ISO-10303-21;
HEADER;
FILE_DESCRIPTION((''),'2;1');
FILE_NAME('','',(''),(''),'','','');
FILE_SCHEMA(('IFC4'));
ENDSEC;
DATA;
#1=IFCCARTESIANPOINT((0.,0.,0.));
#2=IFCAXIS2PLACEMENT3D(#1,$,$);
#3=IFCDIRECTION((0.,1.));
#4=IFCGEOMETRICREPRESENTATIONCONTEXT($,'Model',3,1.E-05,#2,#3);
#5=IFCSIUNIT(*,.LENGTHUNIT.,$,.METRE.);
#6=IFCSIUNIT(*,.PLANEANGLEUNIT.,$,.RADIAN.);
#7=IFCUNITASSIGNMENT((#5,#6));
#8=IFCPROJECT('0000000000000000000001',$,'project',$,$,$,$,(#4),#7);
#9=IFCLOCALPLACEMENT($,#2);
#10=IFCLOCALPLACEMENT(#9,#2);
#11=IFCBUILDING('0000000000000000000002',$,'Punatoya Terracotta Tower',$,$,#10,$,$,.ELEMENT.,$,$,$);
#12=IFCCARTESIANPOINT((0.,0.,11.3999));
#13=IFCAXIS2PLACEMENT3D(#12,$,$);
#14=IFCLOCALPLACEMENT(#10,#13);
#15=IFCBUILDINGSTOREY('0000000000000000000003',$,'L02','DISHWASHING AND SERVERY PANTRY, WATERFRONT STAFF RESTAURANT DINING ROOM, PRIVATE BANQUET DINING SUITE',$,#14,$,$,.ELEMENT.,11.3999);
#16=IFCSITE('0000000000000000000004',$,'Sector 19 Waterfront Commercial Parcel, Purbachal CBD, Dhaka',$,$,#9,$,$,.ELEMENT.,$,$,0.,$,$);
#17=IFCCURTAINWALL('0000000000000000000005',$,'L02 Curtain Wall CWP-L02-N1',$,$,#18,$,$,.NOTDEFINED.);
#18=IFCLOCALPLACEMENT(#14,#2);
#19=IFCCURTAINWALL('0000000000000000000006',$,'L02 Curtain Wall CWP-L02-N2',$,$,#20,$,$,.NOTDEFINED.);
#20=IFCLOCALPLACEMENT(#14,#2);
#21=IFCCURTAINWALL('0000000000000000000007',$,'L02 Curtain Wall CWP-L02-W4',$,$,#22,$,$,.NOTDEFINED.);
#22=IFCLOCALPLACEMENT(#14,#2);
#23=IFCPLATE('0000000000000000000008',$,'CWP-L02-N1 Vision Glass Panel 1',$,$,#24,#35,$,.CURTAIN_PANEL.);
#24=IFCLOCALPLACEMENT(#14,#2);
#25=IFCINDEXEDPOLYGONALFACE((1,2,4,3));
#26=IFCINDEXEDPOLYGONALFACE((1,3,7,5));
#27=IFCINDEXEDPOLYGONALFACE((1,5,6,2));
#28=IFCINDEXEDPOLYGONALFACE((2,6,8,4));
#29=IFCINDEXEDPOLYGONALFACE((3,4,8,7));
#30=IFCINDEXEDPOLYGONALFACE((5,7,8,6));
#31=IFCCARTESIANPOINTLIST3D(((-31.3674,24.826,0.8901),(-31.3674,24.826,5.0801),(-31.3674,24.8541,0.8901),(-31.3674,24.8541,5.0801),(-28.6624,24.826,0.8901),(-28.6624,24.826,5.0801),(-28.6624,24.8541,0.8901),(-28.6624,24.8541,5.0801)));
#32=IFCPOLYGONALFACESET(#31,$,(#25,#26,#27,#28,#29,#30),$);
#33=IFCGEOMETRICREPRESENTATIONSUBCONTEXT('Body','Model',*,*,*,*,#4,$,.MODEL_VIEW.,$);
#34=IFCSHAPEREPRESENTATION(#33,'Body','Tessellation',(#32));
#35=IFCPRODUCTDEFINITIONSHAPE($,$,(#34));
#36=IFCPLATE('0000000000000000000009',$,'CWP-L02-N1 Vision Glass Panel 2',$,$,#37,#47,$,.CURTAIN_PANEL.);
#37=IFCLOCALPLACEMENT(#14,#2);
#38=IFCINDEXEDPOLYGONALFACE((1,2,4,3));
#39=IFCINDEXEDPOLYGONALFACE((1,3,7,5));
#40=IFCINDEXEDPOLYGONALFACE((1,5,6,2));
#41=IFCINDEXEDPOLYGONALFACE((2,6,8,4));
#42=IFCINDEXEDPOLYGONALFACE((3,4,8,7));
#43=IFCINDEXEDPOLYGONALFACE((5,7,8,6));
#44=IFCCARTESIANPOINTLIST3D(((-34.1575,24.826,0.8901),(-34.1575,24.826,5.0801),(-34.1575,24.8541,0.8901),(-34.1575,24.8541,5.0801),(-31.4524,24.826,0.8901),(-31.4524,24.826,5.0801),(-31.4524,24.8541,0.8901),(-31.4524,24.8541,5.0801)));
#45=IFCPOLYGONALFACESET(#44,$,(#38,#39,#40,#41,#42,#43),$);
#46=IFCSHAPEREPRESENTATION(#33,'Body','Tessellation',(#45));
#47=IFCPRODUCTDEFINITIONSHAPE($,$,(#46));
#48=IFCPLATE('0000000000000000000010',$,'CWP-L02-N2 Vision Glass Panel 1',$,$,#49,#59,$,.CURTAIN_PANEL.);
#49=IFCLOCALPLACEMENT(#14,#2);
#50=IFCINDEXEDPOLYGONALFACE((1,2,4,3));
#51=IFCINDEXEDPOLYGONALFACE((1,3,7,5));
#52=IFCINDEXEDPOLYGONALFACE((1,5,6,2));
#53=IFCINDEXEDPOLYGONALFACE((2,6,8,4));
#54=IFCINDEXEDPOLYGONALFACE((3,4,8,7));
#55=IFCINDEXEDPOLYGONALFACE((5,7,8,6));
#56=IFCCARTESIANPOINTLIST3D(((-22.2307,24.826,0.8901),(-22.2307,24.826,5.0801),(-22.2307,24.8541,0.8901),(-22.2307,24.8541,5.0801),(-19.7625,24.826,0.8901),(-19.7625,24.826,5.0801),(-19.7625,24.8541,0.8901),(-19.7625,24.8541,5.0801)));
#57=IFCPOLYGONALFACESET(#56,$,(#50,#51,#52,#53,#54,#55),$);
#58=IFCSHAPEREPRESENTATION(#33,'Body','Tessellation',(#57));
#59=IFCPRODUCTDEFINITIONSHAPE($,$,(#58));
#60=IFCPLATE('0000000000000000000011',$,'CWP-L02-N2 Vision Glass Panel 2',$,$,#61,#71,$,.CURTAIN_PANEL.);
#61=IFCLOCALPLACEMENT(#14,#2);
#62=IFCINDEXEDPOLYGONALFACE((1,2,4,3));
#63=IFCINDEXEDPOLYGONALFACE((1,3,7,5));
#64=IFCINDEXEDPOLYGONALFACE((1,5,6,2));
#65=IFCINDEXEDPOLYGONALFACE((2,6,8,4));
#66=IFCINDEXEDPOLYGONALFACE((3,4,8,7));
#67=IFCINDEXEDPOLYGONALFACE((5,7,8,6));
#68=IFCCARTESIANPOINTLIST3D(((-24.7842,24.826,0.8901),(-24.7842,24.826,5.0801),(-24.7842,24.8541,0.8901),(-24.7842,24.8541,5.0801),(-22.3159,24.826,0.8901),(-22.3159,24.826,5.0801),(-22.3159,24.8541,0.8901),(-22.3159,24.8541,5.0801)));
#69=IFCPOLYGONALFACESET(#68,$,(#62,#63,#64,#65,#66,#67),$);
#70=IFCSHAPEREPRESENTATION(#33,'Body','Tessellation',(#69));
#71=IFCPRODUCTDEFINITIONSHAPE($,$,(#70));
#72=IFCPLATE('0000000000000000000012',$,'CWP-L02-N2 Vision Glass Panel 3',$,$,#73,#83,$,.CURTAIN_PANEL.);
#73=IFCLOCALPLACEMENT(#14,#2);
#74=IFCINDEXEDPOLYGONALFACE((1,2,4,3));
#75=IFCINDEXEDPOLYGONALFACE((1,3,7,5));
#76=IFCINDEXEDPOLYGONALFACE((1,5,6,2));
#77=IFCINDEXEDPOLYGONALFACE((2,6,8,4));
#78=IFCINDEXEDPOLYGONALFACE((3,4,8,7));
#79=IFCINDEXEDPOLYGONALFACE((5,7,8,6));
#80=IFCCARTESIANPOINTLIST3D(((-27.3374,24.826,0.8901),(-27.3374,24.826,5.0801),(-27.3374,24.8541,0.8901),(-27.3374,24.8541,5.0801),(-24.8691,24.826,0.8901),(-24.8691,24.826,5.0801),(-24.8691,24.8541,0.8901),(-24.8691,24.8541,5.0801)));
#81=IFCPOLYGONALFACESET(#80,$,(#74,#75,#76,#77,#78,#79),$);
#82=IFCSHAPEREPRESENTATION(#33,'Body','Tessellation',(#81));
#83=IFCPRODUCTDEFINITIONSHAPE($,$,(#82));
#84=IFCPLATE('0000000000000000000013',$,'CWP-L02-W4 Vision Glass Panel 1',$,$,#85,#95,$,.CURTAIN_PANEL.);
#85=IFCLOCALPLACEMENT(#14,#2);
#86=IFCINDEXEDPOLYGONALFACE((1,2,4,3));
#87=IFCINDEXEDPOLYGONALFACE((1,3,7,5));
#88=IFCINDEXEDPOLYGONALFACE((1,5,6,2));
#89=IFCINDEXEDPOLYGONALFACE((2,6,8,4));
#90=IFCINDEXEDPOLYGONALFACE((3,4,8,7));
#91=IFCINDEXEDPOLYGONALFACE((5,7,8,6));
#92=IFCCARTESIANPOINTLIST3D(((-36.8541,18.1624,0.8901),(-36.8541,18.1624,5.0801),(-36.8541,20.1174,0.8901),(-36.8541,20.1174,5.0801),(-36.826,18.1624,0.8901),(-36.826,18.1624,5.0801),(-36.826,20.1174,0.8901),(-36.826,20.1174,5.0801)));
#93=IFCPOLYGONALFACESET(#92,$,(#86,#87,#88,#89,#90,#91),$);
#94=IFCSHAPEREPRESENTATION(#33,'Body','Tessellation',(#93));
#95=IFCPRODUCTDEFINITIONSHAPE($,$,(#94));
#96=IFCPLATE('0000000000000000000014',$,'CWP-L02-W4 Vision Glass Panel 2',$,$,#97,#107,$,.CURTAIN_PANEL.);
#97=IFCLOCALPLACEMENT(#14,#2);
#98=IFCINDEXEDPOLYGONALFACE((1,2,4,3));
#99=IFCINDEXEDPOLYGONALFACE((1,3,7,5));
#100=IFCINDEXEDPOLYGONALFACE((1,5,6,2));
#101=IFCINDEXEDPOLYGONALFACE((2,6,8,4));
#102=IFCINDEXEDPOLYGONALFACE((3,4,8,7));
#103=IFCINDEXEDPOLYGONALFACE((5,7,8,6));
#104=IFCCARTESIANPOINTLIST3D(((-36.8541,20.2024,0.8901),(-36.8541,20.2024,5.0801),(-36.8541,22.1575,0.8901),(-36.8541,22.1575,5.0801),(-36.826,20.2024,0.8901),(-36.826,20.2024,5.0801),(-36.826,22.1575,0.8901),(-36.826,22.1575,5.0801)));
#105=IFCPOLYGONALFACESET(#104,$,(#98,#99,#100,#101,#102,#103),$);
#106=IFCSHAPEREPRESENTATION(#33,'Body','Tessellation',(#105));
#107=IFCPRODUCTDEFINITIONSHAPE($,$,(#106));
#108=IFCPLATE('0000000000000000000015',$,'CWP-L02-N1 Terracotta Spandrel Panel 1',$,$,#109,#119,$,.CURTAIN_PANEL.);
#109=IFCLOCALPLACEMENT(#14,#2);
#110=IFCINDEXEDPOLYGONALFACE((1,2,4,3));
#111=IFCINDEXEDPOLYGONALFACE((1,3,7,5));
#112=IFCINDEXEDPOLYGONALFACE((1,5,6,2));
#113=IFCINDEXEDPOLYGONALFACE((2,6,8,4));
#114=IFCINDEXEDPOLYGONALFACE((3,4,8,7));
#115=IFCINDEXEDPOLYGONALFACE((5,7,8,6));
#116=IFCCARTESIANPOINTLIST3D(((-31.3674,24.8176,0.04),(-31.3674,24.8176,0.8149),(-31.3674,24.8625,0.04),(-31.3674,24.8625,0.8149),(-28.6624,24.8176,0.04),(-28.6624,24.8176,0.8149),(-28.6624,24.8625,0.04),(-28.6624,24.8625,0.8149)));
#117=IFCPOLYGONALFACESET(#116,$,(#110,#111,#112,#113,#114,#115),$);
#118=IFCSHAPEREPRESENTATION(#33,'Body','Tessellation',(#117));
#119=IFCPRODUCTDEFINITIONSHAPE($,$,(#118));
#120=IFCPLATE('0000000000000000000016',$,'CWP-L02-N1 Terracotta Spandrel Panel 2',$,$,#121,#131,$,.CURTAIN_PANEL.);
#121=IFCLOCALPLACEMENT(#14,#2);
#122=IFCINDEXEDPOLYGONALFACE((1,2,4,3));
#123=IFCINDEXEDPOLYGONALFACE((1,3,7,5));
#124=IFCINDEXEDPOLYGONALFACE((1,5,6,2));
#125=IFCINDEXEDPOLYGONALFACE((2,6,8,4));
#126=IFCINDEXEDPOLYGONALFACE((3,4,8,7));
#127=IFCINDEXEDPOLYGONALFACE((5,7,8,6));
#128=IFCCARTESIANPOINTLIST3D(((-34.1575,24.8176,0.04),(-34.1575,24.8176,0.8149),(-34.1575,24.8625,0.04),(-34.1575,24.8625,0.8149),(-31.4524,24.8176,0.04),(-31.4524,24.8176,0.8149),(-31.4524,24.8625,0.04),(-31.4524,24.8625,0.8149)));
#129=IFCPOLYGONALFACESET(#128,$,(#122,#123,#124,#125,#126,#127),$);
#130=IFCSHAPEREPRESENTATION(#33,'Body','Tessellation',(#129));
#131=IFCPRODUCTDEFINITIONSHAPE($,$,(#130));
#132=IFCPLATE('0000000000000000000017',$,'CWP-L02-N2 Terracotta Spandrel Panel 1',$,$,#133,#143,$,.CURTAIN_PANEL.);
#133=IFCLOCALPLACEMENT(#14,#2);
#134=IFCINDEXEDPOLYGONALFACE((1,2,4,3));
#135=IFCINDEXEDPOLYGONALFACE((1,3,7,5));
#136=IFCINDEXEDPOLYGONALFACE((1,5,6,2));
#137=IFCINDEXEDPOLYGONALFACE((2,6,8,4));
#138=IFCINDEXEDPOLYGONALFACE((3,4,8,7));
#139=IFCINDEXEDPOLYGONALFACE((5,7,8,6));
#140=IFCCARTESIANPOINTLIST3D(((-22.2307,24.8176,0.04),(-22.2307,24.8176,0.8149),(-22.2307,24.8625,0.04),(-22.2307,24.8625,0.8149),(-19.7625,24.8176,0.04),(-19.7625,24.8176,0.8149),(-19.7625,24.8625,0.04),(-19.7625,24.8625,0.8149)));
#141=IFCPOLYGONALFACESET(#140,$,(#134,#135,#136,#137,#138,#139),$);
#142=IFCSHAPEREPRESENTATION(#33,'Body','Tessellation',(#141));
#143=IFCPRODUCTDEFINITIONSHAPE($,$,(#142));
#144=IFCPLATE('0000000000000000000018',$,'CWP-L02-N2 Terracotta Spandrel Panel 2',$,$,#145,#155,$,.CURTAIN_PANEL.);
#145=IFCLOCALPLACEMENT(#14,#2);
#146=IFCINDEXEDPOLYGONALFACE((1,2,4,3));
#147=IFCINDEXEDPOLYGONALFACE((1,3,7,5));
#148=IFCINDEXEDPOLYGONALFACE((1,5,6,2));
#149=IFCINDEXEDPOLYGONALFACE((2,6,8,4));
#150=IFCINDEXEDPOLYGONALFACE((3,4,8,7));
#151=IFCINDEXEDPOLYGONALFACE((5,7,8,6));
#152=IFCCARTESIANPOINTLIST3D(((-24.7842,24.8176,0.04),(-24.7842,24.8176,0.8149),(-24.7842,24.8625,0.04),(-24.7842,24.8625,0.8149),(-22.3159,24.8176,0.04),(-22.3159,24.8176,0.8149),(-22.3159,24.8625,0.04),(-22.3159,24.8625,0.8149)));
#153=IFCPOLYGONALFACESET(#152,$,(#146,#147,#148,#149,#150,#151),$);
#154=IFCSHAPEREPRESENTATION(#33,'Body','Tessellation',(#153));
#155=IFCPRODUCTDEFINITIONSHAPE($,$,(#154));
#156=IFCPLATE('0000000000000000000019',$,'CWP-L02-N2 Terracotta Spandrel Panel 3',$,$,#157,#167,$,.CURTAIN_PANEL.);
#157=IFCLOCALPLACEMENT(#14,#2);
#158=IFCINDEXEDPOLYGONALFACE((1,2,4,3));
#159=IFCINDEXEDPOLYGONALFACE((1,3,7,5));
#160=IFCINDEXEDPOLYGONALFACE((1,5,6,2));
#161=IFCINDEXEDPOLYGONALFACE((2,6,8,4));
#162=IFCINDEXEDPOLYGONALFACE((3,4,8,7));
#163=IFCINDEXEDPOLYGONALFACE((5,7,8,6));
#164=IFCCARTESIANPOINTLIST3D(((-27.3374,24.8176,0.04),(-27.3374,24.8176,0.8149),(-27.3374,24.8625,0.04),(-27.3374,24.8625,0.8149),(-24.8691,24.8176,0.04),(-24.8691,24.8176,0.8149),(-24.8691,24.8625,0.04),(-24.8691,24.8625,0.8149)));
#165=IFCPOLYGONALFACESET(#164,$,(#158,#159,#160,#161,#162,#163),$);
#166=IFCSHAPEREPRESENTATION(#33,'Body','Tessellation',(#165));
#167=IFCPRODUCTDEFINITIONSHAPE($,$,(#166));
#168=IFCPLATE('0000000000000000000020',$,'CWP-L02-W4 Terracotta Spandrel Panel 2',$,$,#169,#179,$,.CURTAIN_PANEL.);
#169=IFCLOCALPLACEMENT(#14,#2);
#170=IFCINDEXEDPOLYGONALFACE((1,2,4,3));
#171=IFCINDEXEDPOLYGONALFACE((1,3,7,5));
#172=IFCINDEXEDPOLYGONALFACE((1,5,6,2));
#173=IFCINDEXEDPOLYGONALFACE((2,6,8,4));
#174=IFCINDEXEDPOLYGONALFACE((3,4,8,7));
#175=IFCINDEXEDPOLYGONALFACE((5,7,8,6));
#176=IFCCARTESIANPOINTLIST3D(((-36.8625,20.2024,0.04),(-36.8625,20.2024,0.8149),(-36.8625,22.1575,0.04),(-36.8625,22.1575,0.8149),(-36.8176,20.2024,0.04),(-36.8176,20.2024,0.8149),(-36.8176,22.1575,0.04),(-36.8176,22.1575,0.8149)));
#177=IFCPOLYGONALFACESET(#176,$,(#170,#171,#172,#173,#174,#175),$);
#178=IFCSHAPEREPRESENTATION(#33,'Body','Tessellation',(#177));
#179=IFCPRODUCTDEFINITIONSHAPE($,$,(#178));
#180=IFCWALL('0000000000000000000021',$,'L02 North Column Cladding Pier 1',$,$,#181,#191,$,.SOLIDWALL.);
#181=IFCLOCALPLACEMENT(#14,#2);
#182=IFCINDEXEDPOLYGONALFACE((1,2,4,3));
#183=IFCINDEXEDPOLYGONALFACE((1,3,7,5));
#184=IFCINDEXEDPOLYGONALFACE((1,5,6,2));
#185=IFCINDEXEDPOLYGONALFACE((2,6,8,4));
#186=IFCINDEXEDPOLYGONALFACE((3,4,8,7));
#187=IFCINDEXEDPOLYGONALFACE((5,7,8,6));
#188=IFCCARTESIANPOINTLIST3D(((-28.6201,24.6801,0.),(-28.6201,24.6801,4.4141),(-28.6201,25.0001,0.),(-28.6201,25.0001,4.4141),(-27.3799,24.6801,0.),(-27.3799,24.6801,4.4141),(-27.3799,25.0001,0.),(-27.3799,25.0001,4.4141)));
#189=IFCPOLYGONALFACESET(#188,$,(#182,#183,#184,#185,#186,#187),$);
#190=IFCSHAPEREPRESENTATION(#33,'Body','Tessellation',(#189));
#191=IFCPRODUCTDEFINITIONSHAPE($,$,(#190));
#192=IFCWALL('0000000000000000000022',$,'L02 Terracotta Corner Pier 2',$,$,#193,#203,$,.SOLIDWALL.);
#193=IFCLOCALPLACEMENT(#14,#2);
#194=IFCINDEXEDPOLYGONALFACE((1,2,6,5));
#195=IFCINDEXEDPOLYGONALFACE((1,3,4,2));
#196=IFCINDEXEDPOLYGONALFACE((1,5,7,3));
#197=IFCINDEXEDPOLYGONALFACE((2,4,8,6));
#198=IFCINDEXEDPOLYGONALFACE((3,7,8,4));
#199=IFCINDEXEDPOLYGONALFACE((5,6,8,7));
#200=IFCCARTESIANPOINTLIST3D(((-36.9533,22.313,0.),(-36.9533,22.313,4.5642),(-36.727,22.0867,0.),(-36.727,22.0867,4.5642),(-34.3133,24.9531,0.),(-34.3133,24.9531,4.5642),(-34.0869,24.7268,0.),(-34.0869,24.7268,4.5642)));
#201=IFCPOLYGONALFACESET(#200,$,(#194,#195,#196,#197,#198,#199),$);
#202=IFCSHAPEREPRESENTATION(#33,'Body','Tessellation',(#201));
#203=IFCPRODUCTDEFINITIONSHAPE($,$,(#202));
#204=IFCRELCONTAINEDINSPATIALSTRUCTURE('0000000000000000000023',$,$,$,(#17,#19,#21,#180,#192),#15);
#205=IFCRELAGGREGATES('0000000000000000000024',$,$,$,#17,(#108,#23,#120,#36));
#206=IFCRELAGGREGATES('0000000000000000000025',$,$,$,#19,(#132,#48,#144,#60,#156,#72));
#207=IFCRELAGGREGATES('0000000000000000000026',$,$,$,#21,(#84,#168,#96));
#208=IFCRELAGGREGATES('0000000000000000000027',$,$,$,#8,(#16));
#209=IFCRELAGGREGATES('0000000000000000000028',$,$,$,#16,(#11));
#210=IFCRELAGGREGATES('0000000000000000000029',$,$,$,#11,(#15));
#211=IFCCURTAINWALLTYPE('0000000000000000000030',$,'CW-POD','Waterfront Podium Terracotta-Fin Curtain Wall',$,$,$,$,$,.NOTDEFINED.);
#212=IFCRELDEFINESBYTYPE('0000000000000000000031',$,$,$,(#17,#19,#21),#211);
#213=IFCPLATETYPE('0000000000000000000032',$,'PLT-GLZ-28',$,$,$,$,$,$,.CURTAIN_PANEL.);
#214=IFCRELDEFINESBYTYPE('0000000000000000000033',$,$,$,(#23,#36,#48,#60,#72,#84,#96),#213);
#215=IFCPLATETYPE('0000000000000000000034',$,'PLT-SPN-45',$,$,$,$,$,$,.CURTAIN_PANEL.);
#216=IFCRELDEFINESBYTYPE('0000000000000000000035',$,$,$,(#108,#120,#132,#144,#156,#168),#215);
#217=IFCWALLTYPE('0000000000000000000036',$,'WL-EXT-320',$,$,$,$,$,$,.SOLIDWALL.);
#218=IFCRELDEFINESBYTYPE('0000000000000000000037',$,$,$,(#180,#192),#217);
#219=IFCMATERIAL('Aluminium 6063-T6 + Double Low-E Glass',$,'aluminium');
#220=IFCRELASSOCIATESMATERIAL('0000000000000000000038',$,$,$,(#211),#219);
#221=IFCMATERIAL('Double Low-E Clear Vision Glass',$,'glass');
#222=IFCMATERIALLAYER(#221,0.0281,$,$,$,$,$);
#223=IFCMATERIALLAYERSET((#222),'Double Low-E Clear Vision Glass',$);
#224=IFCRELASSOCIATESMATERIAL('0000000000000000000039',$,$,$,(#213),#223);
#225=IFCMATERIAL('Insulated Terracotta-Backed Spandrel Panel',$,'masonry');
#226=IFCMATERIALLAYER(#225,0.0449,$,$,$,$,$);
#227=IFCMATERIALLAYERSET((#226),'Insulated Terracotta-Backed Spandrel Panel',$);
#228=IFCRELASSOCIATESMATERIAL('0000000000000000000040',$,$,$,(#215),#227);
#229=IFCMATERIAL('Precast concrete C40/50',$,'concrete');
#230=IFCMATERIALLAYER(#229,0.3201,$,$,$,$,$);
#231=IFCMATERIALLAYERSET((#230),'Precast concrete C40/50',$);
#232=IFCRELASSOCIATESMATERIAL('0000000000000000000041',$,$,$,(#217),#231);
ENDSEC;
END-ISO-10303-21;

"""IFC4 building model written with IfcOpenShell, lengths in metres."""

from ifc_helpers import new_model, si_unit, direction, frame, frame_2d, origin, origin_2d, place, context, subcontext, project, spatial, rectangle, extrude, material, layer, layer_set, type_object, element, aggregate, save


model = new_model("IFC4")

# Units and contexts
model_context = context("Model", 3, precision=1e-05, world=origin(), true_north=direction((0.0, 1.0)))
body_context = subcontext(model_context, "Body", "Model", "MODEL_VIEW")
ifc_project = project(units=[si_unit("LENGTHUNIT", "METRE"), si_unit("PLANEANGLEUNIT", "RADIAN")], contexts=[model_context])

# Site, building, storey
site_placement = place(None, origin())
site = spatial("IfcSite", under=ifc_project, at=site_placement, Name="Sector 19 Waterfront Commercial Parcel, Purbachal CBD, Dhaka", CompositionType="ELEMENT", RefElevation=0.0)
building_placement = place(site_placement, origin())
building = spatial("IfcBuilding", under=site, at=building_placement, Name="Punatoya Terracotta Tower", CompositionType="ELEMENT")
storey_placement = place(building_placement, frame((0.0, 0.0, 11.3999)))
storey = spatial("IfcBuildingStorey", under=building, at=storey_placement, Name="L02", Description="DISHWASHING AND SERVERY PANTRY, WATERFRONT STAFF RESTAURANT DINING ROOM, PRIVATE BANQUET DINING SUITE", CompositionType="ELEMENT", Elevation=11.3999)

# Curtain walls
ifc_material_1 = material(Name="Aluminium 6063-T6 + Double Low-E Glass", Category="aluminium")
curtain_wall_type = type_object("IfcCurtainWallType", Name="CW-POD", Description="Waterfront Podium Terracotta-Fin Curtain Wall", PredefinedType="NOTDEFINED", material=ifc_material_1)
curtain_wall_1_placement = place(storey_placement, origin())
curtain_wall_1 = element("IfcCurtainWall", 1, at=curtain_wall_1_placement, inside=storey, type_object=curtain_wall_type, Name="L02 Curtain Wall CWP-L02-N1", PredefinedType="NOTDEFINED")
curtain_wall_2_placement = place(storey_placement, origin())
curtain_wall_2 = element("IfcCurtainWall", 2, at=curtain_wall_2_placement, inside=storey, type_object=curtain_wall_type, Name="L02 Curtain Wall CWP-L02-N2", PredefinedType="NOTDEFINED")
curtain_wall_3_placement = place(storey_placement, origin())
curtain_wall_3 = element("IfcCurtainWall", 3, at=curtain_wall_3_placement, inside=storey, type_object=curtain_wall_type, Name="L02 Curtain Wall CWP-L02-W4", PredefinedType="NOTDEFINED")

# Plates
ifc_material_2 = material(Name="Double Low-E Clear Vision Glass", Category="glass")
ifc_layer_1 = layer(ifc_material_2, 0.0281)
ifc_layer_set_1 = layer_set([ifc_layer_1], Name="Double Low-E Clear Vision Glass")
plate_type_1 = type_object("IfcPlateType", Name="PLT-GLZ-28", PredefinedType="CURTAIN_PANEL", material=ifc_layer_set_1)
plate_1_placement = place(storey_placement, frame((-30.0149, 24.8401, 0.8901), z_axis=(0.0, 0.0, 1.0), x_axis=(-1.0, 0.0, 0.0)))
plate_1 = element("IfcPlate", 4, at=plate_1_placement, type_object=plate_type_1, Name="CWP-L02-N1 Vision Glass Panel 1", PredefinedType="CURTAIN_PANEL", context=body_context, shape_type="SweptSolid", body=[
    extrude(rectangle(XDim=2.7051, YDim=0.0281, at=origin_2d()), origin(), (0.0, 0.0, 1.0), 4.1899),
])
plate_2_placement = place(storey_placement, frame((-32.8049, 24.8401, 0.8901), z_axis=(0.0, 0.0, 1.0), x_axis=(-1.0, 0.0, 0.0)))
plate_2 = element("IfcPlate", 5, at=plate_2_placement, type_object=plate_type_1, Name="CWP-L02-N1 Vision Glass Panel 2", PredefinedType="CURTAIN_PANEL", context=body_context, shape_type="SweptSolid", body=[
    extrude(rectangle(XDim=2.7051, YDim=0.0281, at=origin_2d()), origin(), (0.0, 0.0, 1.0), 4.1899),
])
plate_3_placement = place(storey_placement, frame((-20.9966, 24.8401, 0.8901), z_axis=(0.0, 0.0, 1.0), x_axis=(-1.0, 0.0, 0.0)))
plate_3 = element("IfcPlate", 6, at=plate_3_placement, type_object=plate_type_1, Name="CWP-L02-N2 Vision Glass Panel 1", PredefinedType="CURTAIN_PANEL", context=body_context, shape_type="SweptSolid", body=[
    extrude(rectangle(XDim=2.4683, YDim=0.0281, at=origin_2d()), origin(), (0.0, 0.0, 1.0), 4.1899),
])
plate_4_placement = place(storey_placement, frame((-23.55, 24.8401, 0.8901), z_axis=(0.0, 0.0, 1.0), x_axis=(-1.0, 0.0, 0.0)))
plate_4 = element("IfcPlate", 7, at=plate_4_placement, type_object=plate_type_1, Name="CWP-L02-N2 Vision Glass Panel 2", PredefinedType="CURTAIN_PANEL", context=body_context, shape_type="SweptSolid", body=[
    extrude(rectangle(XDim=2.4683, YDim=0.0281, at=origin_2d()), origin(), (0.0, 0.0, 1.0), 4.1899),
])
plate_5_placement = place(storey_placement, frame((-26.1033, 24.8401, 0.8901), z_axis=(0.0, 0.0, 1.0), x_axis=(-1.0, 0.0, 0.0)))
plate_5 = element("IfcPlate", 8, at=plate_5_placement, type_object=plate_type_1, Name="CWP-L02-N2 Vision Glass Panel 3", PredefinedType="CURTAIN_PANEL", context=body_context, shape_type="SweptSolid", body=[
    extrude(rectangle(XDim=2.4683, YDim=0.0281, at=origin_2d()), origin(), (0.0, 0.0, 1.0), 4.1899),
])
plate_6_placement = place(storey_placement, frame((-36.8401, 19.1399, 0.8901), z_axis=(0.0, 0.0, 1.0), x_axis=(0.0, 1.0, 0.0)))
plate_6 = element("IfcPlate", 9, at=plate_6_placement, type_object=plate_type_1, Name="CWP-L02-W4 Vision Glass Panel 1", PredefinedType="CURTAIN_PANEL", context=body_context, shape_type="SweptSolid", body=[
    extrude(rectangle(XDim=1.9551, YDim=0.0281, at=origin_2d()), origin(), (0.0, 0.0, 1.0), 4.1899),
])
plate_7_placement = place(storey_placement, frame((-36.8401, 21.1799, 0.8901), z_axis=(0.0, 0.0, 1.0), x_axis=(0.0, 1.0, 0.0)))
plate_7 = element("IfcPlate", 10, at=plate_7_placement, type_object=plate_type_1, Name="CWP-L02-W4 Vision Glass Panel 2", PredefinedType="CURTAIN_PANEL", context=body_context, shape_type="SweptSolid", body=[
    extrude(rectangle(XDim=1.9551, YDim=0.0281, at=origin_2d()), origin(), (0.0, 0.0, 1.0), 4.1899),
])
ifc_material_3 = material(Name="Insulated Terracotta-Backed Spandrel Panel", Category="masonry")
ifc_layer_2 = layer(ifc_material_3, 0.0449)
ifc_layer_set_2 = layer_set([ifc_layer_2], Name="Insulated Terracotta-Backed Spandrel Panel")
plate_type_2 = type_object("IfcPlateType", Name="PLT-SPN-45", PredefinedType="CURTAIN_PANEL", material=ifc_layer_set_2)
plate_8_placement = place(storey_placement, frame((-30.0149, 24.8401, 0.04), z_axis=(0.0, 0.0, 1.0), x_axis=(-1.0, 0.0, 0.0)))
plate_8 = element("IfcPlate", 11, at=plate_8_placement, type_object=plate_type_2, Name="CWP-L02-N1 Terracotta Spandrel Panel 1", PredefinedType="CURTAIN_PANEL", context=body_context, shape_type="SweptSolid", body=[
    extrude(rectangle(XDim=2.7051, YDim=0.0449, at=origin_2d()), origin(), (0.0, 0.0, 1.0), 0.7749),
])
plate_9_placement = place(storey_placement, frame((-32.8049, 24.8401, 0.04), z_axis=(0.0, 0.0, 1.0), x_axis=(-1.0, 0.0, 0.0)))
plate_9 = element("IfcPlate", 12, at=plate_9_placement, type_object=plate_type_2, Name="CWP-L02-N1 Terracotta Spandrel Panel 2", PredefinedType="CURTAIN_PANEL", context=body_context, shape_type="SweptSolid", body=[
    extrude(rectangle(XDim=2.7051, YDim=0.0449, at=origin_2d()), origin(), (0.0, 0.0, 1.0), 0.7749),
])
aggregate(curtain_wall_1, [plate_8, plate_1, plate_9, plate_2])
plate_10_placement = place(storey_placement, frame((-20.9966, 24.8401, 0.04), z_axis=(0.0, 0.0, 1.0), x_axis=(-1.0, 0.0, 0.0)))
plate_10 = element("IfcPlate", 13, at=plate_10_placement, type_object=plate_type_2, Name="CWP-L02-N2 Terracotta Spandrel Panel 1", PredefinedType="CURTAIN_PANEL", context=body_context, shape_type="SweptSolid", body=[
    extrude(rectangle(XDim=2.4683, YDim=0.0449, at=origin_2d()), origin(), (0.0, 0.0, 1.0), 0.7749),
])
plate_11_placement = place(storey_placement, frame((-23.55, 24.8401, 0.04), z_axis=(0.0, 0.0, 1.0), x_axis=(-1.0, 0.0, 0.0)))
plate_11 = element("IfcPlate", 14, at=plate_11_placement, type_object=plate_type_2, Name="CWP-L02-N2 Terracotta Spandrel Panel 2", PredefinedType="CURTAIN_PANEL", context=body_context, shape_type="SweptSolid", body=[
    extrude(rectangle(XDim=2.4683, YDim=0.0449, at=origin_2d()), origin(), (0.0, 0.0, 1.0), 0.7749),
])
plate_12_placement = place(storey_placement, frame((-26.1033, 24.8401, 0.04), z_axis=(0.0, 0.0, 1.0), x_axis=(-1.0, 0.0, 0.0)))
plate_12 = element("IfcPlate", 15, at=plate_12_placement, type_object=plate_type_2, Name="CWP-L02-N2 Terracotta Spandrel Panel 3", PredefinedType="CURTAIN_PANEL", context=body_context, shape_type="SweptSolid", body=[
    extrude(rectangle(XDim=2.4683, YDim=0.0449, at=origin_2d()), origin(), (0.0, 0.0, 1.0), 0.7749),
])
aggregate(curtain_wall_2, [plate_10, plate_3, plate_11, plate_4, plate_12, plate_5])
plate_13_placement = place(storey_placement, frame((-36.8401, 21.1799, 0.04), z_axis=(0.0, 0.0, 1.0), x_axis=(0.0, 1.0, 0.0)))
plate_13 = element("IfcPlate", 16, at=plate_13_placement, type_object=plate_type_2, Name="CWP-L02-W4 Terracotta Spandrel Panel 2", PredefinedType="CURTAIN_PANEL", context=body_context, shape_type="SweptSolid", body=[
    extrude(rectangle(XDim=1.9551, YDim=0.0449, at=origin_2d()), origin(), (0.0, 0.0, 1.0), 0.7749),
])
aggregate(curtain_wall_3, [plate_6, plate_13, plate_7])

# Walls
ifc_material_4 = material(Name="Precast concrete C40/50", Category="concrete")
ifc_layer_3 = layer(ifc_material_4, 0.3201)
ifc_layer_set_3 = layer_set([ifc_layer_3], Name="Precast concrete C40/50")
wall_type_1 = type_object("IfcWallType", Name="WL-EXT-320", PredefinedType="SOLIDWALL", material=ifc_layer_set_3)
wall_1_placement = place(storey_placement, frame((-27.3799, 24.8401, 0.0), z_axis=(0.0, 0.0, 1.0), x_axis=(-1.0, 0.0, 0.0)))
element("IfcWall", 17, at=wall_1_placement, inside=storey, type_object=wall_type_1, Name="L02 North Column Cladding Pier 1", PredefinedType="SOLIDWALL", context=body_context, shape_type="SweptSolid", body=[
    extrude(rectangle(XDim=1.2402, YDim=0.3201, at=frame_2d((0.6201, 0.0))), origin(), (0.0, 0.0, 1.0), 4.4141),
])
wall_2_placement = place(storey_placement, frame((-36.8401, 22.2, 0.0), z_axis=(0.0, 0.0, 1.0), x_axis=(0.707107, 0.707107, 0.0)))
element("IfcWall", 18, at=wall_2_placement, inside=storey, type_object=wall_type_1, Name="L02 Terracotta Corner Pier 2", PredefinedType="SOLIDWALL", context=body_context, shape_type="SweptSolid", body=[
    extrude(rectangle(XDim=3.7336, YDim=0.3201, at=frame_2d((1.8667, 0.0))), origin(), (0.0, 0.0, 1.0), 4.5642),
])

save(model, "model.ifc")
